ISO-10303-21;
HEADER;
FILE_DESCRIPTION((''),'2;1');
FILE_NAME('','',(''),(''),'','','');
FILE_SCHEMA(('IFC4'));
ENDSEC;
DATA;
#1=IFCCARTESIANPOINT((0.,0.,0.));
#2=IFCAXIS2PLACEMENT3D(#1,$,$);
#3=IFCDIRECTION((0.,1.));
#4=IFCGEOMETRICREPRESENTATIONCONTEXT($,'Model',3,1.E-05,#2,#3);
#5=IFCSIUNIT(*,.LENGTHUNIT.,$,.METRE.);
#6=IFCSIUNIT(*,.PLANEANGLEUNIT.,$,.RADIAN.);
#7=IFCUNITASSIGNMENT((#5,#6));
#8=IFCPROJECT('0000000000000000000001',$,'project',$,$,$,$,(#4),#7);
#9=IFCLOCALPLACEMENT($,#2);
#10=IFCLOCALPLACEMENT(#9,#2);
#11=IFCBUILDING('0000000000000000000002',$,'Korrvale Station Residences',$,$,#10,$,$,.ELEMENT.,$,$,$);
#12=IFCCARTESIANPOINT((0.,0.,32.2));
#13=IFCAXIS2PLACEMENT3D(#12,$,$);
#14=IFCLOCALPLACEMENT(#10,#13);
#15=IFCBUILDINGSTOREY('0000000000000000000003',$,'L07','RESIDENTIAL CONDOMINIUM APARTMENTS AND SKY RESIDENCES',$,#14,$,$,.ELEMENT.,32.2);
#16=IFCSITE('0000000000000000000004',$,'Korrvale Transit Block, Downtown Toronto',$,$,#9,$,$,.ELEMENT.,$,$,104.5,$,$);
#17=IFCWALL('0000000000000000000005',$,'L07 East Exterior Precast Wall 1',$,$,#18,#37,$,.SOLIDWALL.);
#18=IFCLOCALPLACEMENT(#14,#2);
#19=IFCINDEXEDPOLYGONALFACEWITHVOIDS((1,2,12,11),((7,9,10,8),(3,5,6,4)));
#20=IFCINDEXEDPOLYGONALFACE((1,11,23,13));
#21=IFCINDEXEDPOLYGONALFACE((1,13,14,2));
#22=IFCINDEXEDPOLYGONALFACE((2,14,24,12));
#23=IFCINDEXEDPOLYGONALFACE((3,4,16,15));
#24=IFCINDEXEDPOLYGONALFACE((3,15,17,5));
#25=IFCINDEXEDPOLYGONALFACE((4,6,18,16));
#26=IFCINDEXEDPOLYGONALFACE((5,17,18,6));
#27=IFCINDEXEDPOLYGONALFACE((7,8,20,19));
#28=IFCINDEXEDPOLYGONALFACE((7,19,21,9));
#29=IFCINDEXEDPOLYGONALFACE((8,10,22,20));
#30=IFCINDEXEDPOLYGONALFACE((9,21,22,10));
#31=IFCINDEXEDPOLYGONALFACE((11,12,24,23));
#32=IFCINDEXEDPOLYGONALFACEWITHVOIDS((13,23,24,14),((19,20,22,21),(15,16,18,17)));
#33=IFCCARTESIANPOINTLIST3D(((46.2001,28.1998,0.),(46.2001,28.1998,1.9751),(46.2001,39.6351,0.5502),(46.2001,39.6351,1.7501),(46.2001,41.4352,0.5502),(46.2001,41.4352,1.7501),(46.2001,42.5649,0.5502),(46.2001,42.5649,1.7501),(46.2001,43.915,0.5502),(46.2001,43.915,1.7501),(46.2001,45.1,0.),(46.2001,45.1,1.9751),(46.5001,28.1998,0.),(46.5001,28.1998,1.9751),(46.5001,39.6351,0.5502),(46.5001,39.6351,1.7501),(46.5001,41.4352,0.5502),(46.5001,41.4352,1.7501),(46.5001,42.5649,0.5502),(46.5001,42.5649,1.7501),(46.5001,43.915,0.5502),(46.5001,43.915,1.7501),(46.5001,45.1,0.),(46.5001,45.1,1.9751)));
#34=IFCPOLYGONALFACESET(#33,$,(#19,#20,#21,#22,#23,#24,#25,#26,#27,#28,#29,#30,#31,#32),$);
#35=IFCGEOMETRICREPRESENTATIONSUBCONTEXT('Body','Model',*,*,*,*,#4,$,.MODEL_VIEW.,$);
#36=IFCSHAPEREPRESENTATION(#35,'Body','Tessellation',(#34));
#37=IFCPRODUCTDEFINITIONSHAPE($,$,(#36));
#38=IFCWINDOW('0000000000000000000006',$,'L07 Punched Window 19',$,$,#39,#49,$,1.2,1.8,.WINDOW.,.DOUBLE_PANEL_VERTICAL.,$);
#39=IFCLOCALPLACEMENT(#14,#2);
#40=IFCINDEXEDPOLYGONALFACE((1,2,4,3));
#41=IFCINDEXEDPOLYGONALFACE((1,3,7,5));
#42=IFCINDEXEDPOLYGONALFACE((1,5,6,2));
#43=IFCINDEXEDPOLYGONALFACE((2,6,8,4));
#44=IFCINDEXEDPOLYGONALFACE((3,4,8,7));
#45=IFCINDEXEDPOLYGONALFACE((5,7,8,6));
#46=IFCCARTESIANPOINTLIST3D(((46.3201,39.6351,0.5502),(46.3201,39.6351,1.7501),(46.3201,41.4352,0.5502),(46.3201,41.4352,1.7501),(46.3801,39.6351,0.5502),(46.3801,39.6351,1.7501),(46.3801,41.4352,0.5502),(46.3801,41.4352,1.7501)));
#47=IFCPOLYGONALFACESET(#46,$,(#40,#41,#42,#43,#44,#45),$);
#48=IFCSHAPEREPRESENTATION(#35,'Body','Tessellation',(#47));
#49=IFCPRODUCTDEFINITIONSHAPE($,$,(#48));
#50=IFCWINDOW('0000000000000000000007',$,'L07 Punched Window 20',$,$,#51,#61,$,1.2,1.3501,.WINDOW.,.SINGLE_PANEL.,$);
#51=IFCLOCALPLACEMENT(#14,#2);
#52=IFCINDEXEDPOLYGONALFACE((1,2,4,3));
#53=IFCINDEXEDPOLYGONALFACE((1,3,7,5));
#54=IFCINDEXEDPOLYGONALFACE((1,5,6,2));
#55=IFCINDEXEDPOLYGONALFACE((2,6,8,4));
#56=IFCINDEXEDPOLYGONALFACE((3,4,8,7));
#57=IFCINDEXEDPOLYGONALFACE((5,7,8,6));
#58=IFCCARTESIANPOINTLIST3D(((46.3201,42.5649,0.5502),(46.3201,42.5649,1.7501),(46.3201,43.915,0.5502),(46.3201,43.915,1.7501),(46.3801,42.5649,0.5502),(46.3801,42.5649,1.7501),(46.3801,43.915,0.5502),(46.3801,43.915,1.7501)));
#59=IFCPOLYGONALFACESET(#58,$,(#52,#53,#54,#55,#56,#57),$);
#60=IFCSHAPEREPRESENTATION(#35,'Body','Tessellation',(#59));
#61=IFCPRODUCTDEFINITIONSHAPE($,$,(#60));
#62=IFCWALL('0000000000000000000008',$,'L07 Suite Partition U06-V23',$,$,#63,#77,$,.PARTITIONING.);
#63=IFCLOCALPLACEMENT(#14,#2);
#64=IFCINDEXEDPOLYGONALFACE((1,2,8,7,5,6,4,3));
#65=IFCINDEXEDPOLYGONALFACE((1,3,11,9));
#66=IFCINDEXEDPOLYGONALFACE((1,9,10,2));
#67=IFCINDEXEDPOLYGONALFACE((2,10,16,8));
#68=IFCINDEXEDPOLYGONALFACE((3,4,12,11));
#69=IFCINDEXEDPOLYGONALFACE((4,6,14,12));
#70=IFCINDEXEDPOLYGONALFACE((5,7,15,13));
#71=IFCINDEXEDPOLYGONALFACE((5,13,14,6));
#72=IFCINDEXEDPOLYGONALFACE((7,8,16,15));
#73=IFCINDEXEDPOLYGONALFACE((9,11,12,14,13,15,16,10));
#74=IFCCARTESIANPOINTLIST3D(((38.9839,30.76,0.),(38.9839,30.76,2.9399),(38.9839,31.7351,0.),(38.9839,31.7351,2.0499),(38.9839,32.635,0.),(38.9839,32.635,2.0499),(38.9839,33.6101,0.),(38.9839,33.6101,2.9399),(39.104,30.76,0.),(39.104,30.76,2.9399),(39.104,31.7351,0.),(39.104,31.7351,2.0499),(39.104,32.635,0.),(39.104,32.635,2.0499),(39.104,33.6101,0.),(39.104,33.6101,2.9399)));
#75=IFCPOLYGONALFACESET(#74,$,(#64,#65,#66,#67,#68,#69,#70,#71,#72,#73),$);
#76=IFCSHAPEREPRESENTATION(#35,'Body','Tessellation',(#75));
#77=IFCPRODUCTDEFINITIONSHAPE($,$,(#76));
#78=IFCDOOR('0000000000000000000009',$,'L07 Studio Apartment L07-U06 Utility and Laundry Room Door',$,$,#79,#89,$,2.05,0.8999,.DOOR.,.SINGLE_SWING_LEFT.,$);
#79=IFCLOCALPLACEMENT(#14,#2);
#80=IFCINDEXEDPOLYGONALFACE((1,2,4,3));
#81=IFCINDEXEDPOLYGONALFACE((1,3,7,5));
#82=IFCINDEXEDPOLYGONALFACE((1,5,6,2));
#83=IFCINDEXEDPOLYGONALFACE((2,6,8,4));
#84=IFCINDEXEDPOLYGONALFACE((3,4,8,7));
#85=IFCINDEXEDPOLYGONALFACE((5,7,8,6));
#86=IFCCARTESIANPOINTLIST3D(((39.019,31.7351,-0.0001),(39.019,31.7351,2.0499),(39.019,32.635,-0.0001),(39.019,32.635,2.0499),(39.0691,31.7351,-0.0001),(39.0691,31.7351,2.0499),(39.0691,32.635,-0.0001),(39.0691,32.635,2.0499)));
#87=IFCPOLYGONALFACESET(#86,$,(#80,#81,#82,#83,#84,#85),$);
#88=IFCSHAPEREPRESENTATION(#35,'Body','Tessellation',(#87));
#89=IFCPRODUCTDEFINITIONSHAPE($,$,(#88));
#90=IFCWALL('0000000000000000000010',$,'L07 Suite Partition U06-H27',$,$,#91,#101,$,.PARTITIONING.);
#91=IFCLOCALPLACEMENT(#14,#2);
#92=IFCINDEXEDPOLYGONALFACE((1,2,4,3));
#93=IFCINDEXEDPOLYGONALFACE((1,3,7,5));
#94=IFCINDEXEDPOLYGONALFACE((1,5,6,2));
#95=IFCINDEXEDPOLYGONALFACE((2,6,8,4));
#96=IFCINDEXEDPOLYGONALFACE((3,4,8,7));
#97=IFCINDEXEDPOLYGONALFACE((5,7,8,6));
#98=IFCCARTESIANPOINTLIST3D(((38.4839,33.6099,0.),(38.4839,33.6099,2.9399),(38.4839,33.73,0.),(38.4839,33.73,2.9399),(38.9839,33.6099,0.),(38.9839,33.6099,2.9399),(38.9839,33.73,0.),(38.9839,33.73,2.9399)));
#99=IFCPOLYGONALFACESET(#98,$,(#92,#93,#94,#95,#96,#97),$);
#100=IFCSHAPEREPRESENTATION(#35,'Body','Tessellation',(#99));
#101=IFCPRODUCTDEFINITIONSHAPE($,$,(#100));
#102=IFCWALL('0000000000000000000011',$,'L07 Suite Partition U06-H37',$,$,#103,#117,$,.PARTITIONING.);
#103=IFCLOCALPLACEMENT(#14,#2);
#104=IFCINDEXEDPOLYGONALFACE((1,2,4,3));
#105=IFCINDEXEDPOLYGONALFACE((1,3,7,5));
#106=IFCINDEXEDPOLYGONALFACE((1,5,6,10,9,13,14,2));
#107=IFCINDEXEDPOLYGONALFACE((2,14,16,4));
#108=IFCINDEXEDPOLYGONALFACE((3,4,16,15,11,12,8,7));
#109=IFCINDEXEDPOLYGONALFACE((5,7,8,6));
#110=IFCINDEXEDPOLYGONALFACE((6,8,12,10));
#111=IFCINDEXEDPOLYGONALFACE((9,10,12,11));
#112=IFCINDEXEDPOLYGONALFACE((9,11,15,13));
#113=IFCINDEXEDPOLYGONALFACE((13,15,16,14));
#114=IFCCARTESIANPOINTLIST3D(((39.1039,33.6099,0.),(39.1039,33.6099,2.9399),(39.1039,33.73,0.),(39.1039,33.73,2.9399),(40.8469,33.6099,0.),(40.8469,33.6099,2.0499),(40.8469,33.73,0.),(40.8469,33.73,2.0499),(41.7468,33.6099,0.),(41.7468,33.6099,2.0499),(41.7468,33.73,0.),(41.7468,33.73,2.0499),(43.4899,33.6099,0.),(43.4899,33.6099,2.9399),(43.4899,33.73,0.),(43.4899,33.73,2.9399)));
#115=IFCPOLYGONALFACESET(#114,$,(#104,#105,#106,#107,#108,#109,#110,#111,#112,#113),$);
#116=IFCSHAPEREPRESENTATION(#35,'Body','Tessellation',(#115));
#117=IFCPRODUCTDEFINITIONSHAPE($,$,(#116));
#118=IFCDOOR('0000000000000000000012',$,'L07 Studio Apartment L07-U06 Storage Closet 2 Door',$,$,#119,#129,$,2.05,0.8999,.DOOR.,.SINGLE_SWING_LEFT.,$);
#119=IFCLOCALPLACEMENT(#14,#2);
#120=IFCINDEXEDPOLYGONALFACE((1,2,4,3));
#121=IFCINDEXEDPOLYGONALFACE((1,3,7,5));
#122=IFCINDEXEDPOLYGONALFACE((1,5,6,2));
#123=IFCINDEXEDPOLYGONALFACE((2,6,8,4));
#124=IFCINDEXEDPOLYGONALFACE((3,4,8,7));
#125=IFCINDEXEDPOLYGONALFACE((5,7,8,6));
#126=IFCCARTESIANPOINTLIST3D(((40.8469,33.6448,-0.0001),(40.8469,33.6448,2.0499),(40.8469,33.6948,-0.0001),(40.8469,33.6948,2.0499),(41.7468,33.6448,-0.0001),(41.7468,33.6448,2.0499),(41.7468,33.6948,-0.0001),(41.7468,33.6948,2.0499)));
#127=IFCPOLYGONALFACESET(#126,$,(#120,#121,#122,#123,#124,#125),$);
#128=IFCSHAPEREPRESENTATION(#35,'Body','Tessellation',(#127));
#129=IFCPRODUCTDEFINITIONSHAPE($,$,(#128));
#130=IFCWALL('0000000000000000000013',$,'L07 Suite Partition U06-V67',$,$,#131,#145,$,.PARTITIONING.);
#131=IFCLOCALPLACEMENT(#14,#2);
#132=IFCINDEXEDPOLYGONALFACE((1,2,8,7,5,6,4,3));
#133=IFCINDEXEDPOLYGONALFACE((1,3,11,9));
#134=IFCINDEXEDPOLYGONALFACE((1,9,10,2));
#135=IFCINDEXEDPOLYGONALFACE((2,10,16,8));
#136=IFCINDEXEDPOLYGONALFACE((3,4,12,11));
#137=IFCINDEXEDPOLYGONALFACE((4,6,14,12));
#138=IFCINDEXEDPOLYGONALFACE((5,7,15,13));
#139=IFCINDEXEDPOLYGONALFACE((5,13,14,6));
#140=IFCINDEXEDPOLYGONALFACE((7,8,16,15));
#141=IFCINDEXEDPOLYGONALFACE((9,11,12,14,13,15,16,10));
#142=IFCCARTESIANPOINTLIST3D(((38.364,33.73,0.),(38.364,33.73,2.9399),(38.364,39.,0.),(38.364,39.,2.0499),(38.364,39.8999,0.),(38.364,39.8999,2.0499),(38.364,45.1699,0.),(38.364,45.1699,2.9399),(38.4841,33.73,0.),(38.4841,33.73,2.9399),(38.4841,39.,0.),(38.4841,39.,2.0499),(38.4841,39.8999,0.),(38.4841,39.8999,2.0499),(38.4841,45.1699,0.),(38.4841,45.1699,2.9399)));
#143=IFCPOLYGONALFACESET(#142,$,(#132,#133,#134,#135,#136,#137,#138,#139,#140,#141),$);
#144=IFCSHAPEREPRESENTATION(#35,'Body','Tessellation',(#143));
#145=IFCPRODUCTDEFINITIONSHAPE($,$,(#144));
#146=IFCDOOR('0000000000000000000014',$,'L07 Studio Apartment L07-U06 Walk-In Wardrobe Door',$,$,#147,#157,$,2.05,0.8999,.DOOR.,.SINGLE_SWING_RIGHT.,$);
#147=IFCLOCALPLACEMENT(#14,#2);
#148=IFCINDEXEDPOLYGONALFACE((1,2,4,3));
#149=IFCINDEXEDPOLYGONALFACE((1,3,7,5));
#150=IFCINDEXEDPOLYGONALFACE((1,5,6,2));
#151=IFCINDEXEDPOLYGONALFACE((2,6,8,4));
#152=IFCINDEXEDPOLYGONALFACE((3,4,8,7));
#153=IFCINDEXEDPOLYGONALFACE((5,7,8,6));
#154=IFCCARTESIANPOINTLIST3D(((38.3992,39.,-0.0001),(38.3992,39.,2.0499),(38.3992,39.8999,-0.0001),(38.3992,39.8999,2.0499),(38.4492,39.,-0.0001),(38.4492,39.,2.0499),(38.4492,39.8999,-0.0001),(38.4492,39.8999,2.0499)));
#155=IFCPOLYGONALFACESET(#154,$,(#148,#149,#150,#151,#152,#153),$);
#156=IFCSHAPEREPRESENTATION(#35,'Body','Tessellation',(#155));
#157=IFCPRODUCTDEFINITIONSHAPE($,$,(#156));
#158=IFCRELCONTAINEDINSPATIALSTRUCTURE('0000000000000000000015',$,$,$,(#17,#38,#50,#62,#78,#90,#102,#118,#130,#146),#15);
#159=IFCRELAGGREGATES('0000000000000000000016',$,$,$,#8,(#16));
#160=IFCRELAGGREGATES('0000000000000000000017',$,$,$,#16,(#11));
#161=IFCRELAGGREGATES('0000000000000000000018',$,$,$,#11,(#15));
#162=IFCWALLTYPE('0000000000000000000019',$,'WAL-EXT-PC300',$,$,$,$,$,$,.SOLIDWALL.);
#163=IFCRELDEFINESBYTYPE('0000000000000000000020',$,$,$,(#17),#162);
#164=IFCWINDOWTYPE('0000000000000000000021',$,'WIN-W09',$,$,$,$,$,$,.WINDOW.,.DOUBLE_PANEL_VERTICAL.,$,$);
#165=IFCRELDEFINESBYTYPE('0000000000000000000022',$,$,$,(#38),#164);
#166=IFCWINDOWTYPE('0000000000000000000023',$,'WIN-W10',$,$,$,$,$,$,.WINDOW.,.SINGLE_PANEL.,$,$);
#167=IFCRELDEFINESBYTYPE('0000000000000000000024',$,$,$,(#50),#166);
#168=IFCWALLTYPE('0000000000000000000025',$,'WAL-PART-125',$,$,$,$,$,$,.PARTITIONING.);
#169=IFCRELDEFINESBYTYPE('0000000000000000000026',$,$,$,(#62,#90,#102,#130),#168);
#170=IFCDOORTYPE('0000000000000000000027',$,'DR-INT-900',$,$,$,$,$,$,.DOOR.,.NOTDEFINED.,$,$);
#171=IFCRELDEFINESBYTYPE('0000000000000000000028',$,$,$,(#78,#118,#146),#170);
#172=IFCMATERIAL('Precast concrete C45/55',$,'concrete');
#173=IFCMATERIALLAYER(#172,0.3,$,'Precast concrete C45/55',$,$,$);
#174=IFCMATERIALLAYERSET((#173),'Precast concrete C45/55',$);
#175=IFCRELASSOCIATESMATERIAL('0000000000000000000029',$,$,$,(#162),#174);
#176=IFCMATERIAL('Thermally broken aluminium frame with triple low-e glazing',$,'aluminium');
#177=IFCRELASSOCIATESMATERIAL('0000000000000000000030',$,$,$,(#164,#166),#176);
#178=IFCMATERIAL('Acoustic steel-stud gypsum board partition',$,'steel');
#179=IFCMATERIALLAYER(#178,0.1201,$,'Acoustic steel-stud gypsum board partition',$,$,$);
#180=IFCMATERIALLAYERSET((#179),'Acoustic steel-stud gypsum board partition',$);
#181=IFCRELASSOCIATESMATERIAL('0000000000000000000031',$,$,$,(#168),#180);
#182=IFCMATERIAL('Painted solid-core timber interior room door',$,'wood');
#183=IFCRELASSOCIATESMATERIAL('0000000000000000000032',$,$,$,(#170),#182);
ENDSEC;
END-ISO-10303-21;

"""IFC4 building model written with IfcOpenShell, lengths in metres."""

from ifc_helpers import new_model, si_unit, direction, frame, frame_2d, origin, place, context, subcontext, project, spatial, rectangle, extrude, material, layer, layer_set, type_object, element, fill, save


model = new_model("IFC4")

# Units and contexts
model_context = context("Model", 3, precision=1e-05, world=origin(), true_north=direction((0.0, 1.0)))
body_context = subcontext(model_context, "Body", "Model", "MODEL_VIEW")
ifc_project = project(units=[si_unit("LENGTHUNIT", "METRE"), si_unit("PLANEANGLEUNIT", "RADIAN")], contexts=[model_context])

# Site, building, storey
site_placement = place(None, origin())
site = spatial("IfcSite", under=ifc_project, at=site_placement, Name="Korrvale Transit Block, Downtown Toronto", CompositionType="ELEMENT", RefElevation=104.5)
building_placement = place(site_placement, origin())
building = spatial("IfcBuilding", under=site, at=building_placement, Name="Korrvale Station Residences", CompositionType="ELEMENT")
storey_placement = place(building_placement, frame((0.0, 0.0, 32.2)))
storey = spatial("IfcBuildingStorey", under=building, at=storey_placement, Name="L07", Description="RESIDENTIAL CONDOMINIUM APARTMENTS AND SKY RESIDENCES", CompositionType="ELEMENT", Elevation=32.2)

# Shared definitions
ifc_material_1 = material(Name="Precast concrete C45/55", Category="concrete")
ifc_layer_1 = layer(ifc_material_1, 0.3, Name="Precast concrete C45/55")
ifc_layer_set_1 = layer_set([ifc_layer_1], Name="Precast concrete C45/55")
wall_type_1 = type_object("IfcWallType", Name="WAL-EXT-PC300", PredefinedType="SOLIDWALL", material=ifc_layer_set_1)

# Wall, openings, windows
wall_1_placement = place(storey_placement, frame((46.3501, 45.1001, 0.0), z_axis=(0.0, 0.0, 1.0), x_axis=(0.0, -1.0, 0.0)))
wall_1 = element("IfcWall", 1, at=wall_1_placement, inside=storey, type_object=wall_type_1, Name="L07 East Exterior Precast Wall 1", PredefinedType="SOLIDWALL", context=body_context, shape_type="SweptSolid", body=[
    extrude(rectangle(XDim=16.9001, YDim=0.3, at=frame_2d((8.4502, 0.0))), origin(), (0.0, 0.0, 1.0), 1.9751),
])
opening_1_placement = place(wall_1_placement, frame((3.665, 0.0, 0.55)))
opening_1 = element("IfcOpeningElement", 2, at=opening_1_placement, cuts=wall_1, PredefinedType="OPENING", context=body_context, shape_type="SweptSolid", body=[
    extrude(rectangle(XDim=1.8, YDim=1.2, at=frame_2d((0.8999, 0.6001))), frame((0.0, 0.1602, 0.0), z_axis=(0.0, -1.0, 0.0), x_axis=(1.0, 0.0, 0.0)), (0.0, 0.0, 1.0), 0.3201),
])
opening_2_placement = place(wall_1_placement, frame((1.1851, 0.0, 0.55)))
opening_2 = element("IfcOpeningElement", 3, at=opening_2_placement, cuts=wall_1, PredefinedType="OPENING", context=body_context, shape_type="SweptSolid", body=[
    extrude(rectangle(XDim=1.3501, YDim=1.2, at=frame_2d((0.675, 0.6001))), frame((0.0, 0.1602, 0.0), z_axis=(0.0, -1.0, 0.0), x_axis=(1.0, 0.0, 0.0)), (0.0, 0.0, 1.0), 0.3201),
])
ifc_material_2 = material(Name="Thermally broken aluminium frame with triple low-e glazing", Category="aluminium")
window_type_1 = type_object("IfcWindowType", Name="WIN-W09", PartitioningType="DOUBLE_PANEL_VERTICAL", PredefinedType="WINDOW", material=ifc_material_2)
window_1_placement = place(opening_1_placement, origin())
window_1 = element("IfcWindow", 4, at=window_1_placement, inside=storey, type_object=window_type_1, Name="L07 Punched Window 19", OverallHeight=1.2, OverallWidth=1.8, PartitioningType="DOUBLE_PANEL_VERTICAL", PredefinedType="WINDOW", context=body_context, shape_type="SweptSolid", body=[
    extrude(rectangle(XDim=1.8, YDim=1.2, at=frame_2d((0.8999, 0.6001))), frame((0.0, 0.03, 0.0), z_axis=(0.0, -1.0, 0.0), x_axis=(1.0, 0.0, 0.0)), (0.0, 0.0, 1.0), 0.0601),
])
fill(opening_1, window_1)
window_type_2 = type_object("IfcWindowType", Name="WIN-W10", PartitioningType="SINGLE_PANEL", PredefinedType="WINDOW", material=ifc_material_2)
window_2_placement = place(opening_2_placement, origin())
window_2 = element("IfcWindow", 5, at=window_2_placement, inside=storey, type_object=window_type_2, Name="L07 Punched Window 20", OverallHeight=1.2, OverallWidth=1.3501, PartitioningType="SINGLE_PANEL", PredefinedType="WINDOW", context=body_context, shape_type="SweptSolid", body=[
    extrude(rectangle(XDim=1.3501, YDim=1.2, at=frame_2d((0.675, 0.6001))), frame((0.0, 0.03, 0.0), z_axis=(0.0, -1.0, 0.0), x_axis=(1.0, 0.0, 0.0)), (0.0, 0.0, 1.0), 0.0601),
])
fill(opening_2, window_2)

# Wall, opening, door
ifc_material_3 = material(Name="Acoustic steel-stud gypsum board partition", Category="steel")
ifc_layer_2 = layer(ifc_material_3, 0.1201, Name="Acoustic steel-stud gypsum board partition")
ifc_layer_set_2 = layer_set([ifc_layer_2], Name="Acoustic steel-stud gypsum board partition")
wall_type_2 = type_object("IfcWallType", Name="WAL-PART-125", PredefinedType="PARTITIONING", material=ifc_layer_set_2)
wall_2_placement = place(storey_placement, frame((39.0439, 30.76, 0.0), z_axis=(0.0, 0.0, 1.0), x_axis=(0.0, 1.0, 0.0)))
wall_2 = element("IfcWall", 6, at=wall_2_placement, inside=storey, type_object=wall_type_2, Name="L07 Suite Partition U06-V23", PredefinedType="PARTITIONING", context=body_context, shape_type="SweptSolid", body=[
    extrude(rectangle(XDim=2.8501, YDim=0.1201, at=frame_2d((1.425, 0.0))), origin(), (0.0, 0.0, 1.0), 2.9399),
])
opening_3_placement = place(wall_2_placement, frame((0.9751, 0.0, 0.0)))
opening_3 = element("IfcOpeningElement", 7, at=opening_3_placement, cuts=wall_2, PredefinedType="OPENING", context=body_context, shape_type="SweptSolid", body=[
    extrude(rectangle(XDim=0.8999, YDim=2.05, at=frame_2d((0.45, 1.0249))), frame((0.0, 0.0701, 0.0), z_axis=(0.0, -1.0, 0.0), x_axis=(1.0, 0.0, 0.0)), (0.0, 0.0, 1.0), 0.1401),
])
ifc_material_4 = material(Name="Painted solid-core timber interior room door", Category="wood")
door_type = type_object("IfcDoorType", Name="DR-INT-900", OperationType="NOTDEFINED", PredefinedType="DOOR", material=ifc_material_4)
door_1_placement = place(opening_3_placement, origin())
door_1 = element("IfcDoor", 8, at=door_1_placement, inside=storey, type_object=door_type, Name="L07 Studio Apartment L07-U06 Utility and Laundry Room Door", OperationType="SINGLE_SWING_LEFT", OverallHeight=2.05, OverallWidth=0.8999, PredefinedType="DOOR", context=body_context, shape_type="SweptSolid", body=[
    extrude(rectangle(XDim=0.8999, YDim=2.05, at=frame_2d((0.45, 1.0249))), frame((0.0, 0.0249, 0.0), z_axis=(0.0, -1.0, 0.0), x_axis=(1.0, 0.0, 0.0)), (0.0, 0.0, 1.0), 0.05),
])
fill(opening_3, door_1)

# Wall
wall_3_placement = place(storey_placement, frame((38.4839, 33.6699, 0.0), z_axis=(0.0, 0.0, 1.0), x_axis=(1.0, 0.0, 0.0)))
element("IfcWall", 9, at=wall_3_placement, inside=storey, type_object=wall_type_2, Name="L07 Suite Partition U06-H27", PredefinedType="PARTITIONING", context=body_context, shape_type="SweptSolid", body=[
    extrude(rectangle(XDim=0.5, YDim=0.1201, at=frame_2d((0.25, 0.0))), origin(), (0.0, 0.0, 1.0), 2.9399),
])

# Walls, openings, doors
wall_4_placement = place(storey_placement, frame((39.104, 33.6699, 0.0), z_axis=(0.0, 0.0, 1.0), x_axis=(1.0, 0.0, 0.0)))
wall_4 = element("IfcWall", 10, at=wall_4_placement, inside=storey, type_object=wall_type_2, Name="L07 Suite Partition U06-H37", PredefinedType="PARTITIONING", context=body_context, shape_type="SweptSolid", body=[
    extrude(rectangle(XDim=4.386, YDim=0.1201, at=frame_2d((2.1929, 0.0))), origin(), (0.0, 0.0, 1.0), 2.9399),
])
opening_4_placement = place(wall_4_placement, frame((1.7429, 0.0, 0.0)))
opening_4 = element("IfcOpeningElement", 11, at=opening_4_placement, cuts=wall_4, PredefinedType="OPENING", context=body_context, shape_type="SweptSolid", body=[
    extrude(rectangle(XDim=0.8999, YDim=2.05, at=frame_2d((0.45, 1.0249))), frame((0.0, 0.0701, 0.0), z_axis=(0.0, -1.0, 0.0), x_axis=(1.0, 0.0, 0.0)), (0.0, 0.0, 1.0), 0.1401),
])
door_2_placement = place(opening_4_placement, origin())
door_2 = element("IfcDoor", 12, at=door_2_placement, inside=storey, type_object=door_type, Name="L07 Studio Apartment L07-U06 Storage Closet 2 Door", OperationType="SINGLE_SWING_LEFT", OverallHeight=2.05, OverallWidth=0.8999, PredefinedType="DOOR", context=body_context, shape_type="SweptSolid", body=[
    extrude(rectangle(XDim=0.8999, YDim=2.05, at=frame_2d((0.45, 1.0249))), frame((0.0, 0.0249, 0.0), z_axis=(0.0, -1.0, 0.0), x_axis=(1.0, 0.0, 0.0)), (0.0, 0.0, 1.0), 0.05),
])
fill(opening_4, door_2)
wall_5_placement = place(storey_placement, frame((38.4241, 33.73, 0.0), z_axis=(0.0, 0.0, 1.0), x_axis=(0.0, 1.0, 0.0)))
wall_5 = element("IfcWall", 13, at=wall_5_placement, inside=storey, type_object=wall_type_2, Name="L07 Suite Partition U06-V67", PredefinedType="PARTITIONING", context=body_context, shape_type="SweptSolid", body=[
    extrude(rectangle(XDim=11.4399, YDim=0.1201, at=frame_2d((5.72, 0.0))), origin(), (0.0, 0.0, 1.0), 2.9399),
])
opening_5_placement = place(wall_5_placement, frame((5.27, 0.0, 0.0)))
opening_5 = element("IfcOpeningElement", 14, at=opening_5_placement, cuts=wall_5, PredefinedType="OPENING", context=body_context, shape_type="SweptSolid", body=[
    extrude(rectangle(XDim=0.8999, YDim=2.05, at=frame_2d((0.45, 1.0249))), frame((0.0, 0.0701, 0.0), z_axis=(0.0, -1.0, 0.0), x_axis=(1.0, 0.0, 0.0)), (0.0, 0.0, 1.0), 0.1401),
])
door_3_placement = place(opening_5_placement, origin())
door_3 = element("IfcDoor", 15, at=door_3_placement, inside=storey, type_object=door_type, Name="L07 Studio Apartment L07-U06 Walk-In Wardrobe Door", OperationType="SINGLE_SWING_RIGHT", OverallHeight=2.05, OverallWidth=0.8999, PredefinedType="DOOR", context=body_context, shape_type="SweptSolid", body=[
    extrude(rectangle(XDim=0.8999, YDim=2.05, at=frame_2d((0.45, 1.0249))), frame((0.0, 0.0249, 0.0), z_axis=(0.0, -1.0, 0.0), x_axis=(1.0, 0.0, 0.0)), (0.0, 0.0, 1.0), 0.05),
])
fill(opening_5, door_3)

save(model, "model.ifc")
